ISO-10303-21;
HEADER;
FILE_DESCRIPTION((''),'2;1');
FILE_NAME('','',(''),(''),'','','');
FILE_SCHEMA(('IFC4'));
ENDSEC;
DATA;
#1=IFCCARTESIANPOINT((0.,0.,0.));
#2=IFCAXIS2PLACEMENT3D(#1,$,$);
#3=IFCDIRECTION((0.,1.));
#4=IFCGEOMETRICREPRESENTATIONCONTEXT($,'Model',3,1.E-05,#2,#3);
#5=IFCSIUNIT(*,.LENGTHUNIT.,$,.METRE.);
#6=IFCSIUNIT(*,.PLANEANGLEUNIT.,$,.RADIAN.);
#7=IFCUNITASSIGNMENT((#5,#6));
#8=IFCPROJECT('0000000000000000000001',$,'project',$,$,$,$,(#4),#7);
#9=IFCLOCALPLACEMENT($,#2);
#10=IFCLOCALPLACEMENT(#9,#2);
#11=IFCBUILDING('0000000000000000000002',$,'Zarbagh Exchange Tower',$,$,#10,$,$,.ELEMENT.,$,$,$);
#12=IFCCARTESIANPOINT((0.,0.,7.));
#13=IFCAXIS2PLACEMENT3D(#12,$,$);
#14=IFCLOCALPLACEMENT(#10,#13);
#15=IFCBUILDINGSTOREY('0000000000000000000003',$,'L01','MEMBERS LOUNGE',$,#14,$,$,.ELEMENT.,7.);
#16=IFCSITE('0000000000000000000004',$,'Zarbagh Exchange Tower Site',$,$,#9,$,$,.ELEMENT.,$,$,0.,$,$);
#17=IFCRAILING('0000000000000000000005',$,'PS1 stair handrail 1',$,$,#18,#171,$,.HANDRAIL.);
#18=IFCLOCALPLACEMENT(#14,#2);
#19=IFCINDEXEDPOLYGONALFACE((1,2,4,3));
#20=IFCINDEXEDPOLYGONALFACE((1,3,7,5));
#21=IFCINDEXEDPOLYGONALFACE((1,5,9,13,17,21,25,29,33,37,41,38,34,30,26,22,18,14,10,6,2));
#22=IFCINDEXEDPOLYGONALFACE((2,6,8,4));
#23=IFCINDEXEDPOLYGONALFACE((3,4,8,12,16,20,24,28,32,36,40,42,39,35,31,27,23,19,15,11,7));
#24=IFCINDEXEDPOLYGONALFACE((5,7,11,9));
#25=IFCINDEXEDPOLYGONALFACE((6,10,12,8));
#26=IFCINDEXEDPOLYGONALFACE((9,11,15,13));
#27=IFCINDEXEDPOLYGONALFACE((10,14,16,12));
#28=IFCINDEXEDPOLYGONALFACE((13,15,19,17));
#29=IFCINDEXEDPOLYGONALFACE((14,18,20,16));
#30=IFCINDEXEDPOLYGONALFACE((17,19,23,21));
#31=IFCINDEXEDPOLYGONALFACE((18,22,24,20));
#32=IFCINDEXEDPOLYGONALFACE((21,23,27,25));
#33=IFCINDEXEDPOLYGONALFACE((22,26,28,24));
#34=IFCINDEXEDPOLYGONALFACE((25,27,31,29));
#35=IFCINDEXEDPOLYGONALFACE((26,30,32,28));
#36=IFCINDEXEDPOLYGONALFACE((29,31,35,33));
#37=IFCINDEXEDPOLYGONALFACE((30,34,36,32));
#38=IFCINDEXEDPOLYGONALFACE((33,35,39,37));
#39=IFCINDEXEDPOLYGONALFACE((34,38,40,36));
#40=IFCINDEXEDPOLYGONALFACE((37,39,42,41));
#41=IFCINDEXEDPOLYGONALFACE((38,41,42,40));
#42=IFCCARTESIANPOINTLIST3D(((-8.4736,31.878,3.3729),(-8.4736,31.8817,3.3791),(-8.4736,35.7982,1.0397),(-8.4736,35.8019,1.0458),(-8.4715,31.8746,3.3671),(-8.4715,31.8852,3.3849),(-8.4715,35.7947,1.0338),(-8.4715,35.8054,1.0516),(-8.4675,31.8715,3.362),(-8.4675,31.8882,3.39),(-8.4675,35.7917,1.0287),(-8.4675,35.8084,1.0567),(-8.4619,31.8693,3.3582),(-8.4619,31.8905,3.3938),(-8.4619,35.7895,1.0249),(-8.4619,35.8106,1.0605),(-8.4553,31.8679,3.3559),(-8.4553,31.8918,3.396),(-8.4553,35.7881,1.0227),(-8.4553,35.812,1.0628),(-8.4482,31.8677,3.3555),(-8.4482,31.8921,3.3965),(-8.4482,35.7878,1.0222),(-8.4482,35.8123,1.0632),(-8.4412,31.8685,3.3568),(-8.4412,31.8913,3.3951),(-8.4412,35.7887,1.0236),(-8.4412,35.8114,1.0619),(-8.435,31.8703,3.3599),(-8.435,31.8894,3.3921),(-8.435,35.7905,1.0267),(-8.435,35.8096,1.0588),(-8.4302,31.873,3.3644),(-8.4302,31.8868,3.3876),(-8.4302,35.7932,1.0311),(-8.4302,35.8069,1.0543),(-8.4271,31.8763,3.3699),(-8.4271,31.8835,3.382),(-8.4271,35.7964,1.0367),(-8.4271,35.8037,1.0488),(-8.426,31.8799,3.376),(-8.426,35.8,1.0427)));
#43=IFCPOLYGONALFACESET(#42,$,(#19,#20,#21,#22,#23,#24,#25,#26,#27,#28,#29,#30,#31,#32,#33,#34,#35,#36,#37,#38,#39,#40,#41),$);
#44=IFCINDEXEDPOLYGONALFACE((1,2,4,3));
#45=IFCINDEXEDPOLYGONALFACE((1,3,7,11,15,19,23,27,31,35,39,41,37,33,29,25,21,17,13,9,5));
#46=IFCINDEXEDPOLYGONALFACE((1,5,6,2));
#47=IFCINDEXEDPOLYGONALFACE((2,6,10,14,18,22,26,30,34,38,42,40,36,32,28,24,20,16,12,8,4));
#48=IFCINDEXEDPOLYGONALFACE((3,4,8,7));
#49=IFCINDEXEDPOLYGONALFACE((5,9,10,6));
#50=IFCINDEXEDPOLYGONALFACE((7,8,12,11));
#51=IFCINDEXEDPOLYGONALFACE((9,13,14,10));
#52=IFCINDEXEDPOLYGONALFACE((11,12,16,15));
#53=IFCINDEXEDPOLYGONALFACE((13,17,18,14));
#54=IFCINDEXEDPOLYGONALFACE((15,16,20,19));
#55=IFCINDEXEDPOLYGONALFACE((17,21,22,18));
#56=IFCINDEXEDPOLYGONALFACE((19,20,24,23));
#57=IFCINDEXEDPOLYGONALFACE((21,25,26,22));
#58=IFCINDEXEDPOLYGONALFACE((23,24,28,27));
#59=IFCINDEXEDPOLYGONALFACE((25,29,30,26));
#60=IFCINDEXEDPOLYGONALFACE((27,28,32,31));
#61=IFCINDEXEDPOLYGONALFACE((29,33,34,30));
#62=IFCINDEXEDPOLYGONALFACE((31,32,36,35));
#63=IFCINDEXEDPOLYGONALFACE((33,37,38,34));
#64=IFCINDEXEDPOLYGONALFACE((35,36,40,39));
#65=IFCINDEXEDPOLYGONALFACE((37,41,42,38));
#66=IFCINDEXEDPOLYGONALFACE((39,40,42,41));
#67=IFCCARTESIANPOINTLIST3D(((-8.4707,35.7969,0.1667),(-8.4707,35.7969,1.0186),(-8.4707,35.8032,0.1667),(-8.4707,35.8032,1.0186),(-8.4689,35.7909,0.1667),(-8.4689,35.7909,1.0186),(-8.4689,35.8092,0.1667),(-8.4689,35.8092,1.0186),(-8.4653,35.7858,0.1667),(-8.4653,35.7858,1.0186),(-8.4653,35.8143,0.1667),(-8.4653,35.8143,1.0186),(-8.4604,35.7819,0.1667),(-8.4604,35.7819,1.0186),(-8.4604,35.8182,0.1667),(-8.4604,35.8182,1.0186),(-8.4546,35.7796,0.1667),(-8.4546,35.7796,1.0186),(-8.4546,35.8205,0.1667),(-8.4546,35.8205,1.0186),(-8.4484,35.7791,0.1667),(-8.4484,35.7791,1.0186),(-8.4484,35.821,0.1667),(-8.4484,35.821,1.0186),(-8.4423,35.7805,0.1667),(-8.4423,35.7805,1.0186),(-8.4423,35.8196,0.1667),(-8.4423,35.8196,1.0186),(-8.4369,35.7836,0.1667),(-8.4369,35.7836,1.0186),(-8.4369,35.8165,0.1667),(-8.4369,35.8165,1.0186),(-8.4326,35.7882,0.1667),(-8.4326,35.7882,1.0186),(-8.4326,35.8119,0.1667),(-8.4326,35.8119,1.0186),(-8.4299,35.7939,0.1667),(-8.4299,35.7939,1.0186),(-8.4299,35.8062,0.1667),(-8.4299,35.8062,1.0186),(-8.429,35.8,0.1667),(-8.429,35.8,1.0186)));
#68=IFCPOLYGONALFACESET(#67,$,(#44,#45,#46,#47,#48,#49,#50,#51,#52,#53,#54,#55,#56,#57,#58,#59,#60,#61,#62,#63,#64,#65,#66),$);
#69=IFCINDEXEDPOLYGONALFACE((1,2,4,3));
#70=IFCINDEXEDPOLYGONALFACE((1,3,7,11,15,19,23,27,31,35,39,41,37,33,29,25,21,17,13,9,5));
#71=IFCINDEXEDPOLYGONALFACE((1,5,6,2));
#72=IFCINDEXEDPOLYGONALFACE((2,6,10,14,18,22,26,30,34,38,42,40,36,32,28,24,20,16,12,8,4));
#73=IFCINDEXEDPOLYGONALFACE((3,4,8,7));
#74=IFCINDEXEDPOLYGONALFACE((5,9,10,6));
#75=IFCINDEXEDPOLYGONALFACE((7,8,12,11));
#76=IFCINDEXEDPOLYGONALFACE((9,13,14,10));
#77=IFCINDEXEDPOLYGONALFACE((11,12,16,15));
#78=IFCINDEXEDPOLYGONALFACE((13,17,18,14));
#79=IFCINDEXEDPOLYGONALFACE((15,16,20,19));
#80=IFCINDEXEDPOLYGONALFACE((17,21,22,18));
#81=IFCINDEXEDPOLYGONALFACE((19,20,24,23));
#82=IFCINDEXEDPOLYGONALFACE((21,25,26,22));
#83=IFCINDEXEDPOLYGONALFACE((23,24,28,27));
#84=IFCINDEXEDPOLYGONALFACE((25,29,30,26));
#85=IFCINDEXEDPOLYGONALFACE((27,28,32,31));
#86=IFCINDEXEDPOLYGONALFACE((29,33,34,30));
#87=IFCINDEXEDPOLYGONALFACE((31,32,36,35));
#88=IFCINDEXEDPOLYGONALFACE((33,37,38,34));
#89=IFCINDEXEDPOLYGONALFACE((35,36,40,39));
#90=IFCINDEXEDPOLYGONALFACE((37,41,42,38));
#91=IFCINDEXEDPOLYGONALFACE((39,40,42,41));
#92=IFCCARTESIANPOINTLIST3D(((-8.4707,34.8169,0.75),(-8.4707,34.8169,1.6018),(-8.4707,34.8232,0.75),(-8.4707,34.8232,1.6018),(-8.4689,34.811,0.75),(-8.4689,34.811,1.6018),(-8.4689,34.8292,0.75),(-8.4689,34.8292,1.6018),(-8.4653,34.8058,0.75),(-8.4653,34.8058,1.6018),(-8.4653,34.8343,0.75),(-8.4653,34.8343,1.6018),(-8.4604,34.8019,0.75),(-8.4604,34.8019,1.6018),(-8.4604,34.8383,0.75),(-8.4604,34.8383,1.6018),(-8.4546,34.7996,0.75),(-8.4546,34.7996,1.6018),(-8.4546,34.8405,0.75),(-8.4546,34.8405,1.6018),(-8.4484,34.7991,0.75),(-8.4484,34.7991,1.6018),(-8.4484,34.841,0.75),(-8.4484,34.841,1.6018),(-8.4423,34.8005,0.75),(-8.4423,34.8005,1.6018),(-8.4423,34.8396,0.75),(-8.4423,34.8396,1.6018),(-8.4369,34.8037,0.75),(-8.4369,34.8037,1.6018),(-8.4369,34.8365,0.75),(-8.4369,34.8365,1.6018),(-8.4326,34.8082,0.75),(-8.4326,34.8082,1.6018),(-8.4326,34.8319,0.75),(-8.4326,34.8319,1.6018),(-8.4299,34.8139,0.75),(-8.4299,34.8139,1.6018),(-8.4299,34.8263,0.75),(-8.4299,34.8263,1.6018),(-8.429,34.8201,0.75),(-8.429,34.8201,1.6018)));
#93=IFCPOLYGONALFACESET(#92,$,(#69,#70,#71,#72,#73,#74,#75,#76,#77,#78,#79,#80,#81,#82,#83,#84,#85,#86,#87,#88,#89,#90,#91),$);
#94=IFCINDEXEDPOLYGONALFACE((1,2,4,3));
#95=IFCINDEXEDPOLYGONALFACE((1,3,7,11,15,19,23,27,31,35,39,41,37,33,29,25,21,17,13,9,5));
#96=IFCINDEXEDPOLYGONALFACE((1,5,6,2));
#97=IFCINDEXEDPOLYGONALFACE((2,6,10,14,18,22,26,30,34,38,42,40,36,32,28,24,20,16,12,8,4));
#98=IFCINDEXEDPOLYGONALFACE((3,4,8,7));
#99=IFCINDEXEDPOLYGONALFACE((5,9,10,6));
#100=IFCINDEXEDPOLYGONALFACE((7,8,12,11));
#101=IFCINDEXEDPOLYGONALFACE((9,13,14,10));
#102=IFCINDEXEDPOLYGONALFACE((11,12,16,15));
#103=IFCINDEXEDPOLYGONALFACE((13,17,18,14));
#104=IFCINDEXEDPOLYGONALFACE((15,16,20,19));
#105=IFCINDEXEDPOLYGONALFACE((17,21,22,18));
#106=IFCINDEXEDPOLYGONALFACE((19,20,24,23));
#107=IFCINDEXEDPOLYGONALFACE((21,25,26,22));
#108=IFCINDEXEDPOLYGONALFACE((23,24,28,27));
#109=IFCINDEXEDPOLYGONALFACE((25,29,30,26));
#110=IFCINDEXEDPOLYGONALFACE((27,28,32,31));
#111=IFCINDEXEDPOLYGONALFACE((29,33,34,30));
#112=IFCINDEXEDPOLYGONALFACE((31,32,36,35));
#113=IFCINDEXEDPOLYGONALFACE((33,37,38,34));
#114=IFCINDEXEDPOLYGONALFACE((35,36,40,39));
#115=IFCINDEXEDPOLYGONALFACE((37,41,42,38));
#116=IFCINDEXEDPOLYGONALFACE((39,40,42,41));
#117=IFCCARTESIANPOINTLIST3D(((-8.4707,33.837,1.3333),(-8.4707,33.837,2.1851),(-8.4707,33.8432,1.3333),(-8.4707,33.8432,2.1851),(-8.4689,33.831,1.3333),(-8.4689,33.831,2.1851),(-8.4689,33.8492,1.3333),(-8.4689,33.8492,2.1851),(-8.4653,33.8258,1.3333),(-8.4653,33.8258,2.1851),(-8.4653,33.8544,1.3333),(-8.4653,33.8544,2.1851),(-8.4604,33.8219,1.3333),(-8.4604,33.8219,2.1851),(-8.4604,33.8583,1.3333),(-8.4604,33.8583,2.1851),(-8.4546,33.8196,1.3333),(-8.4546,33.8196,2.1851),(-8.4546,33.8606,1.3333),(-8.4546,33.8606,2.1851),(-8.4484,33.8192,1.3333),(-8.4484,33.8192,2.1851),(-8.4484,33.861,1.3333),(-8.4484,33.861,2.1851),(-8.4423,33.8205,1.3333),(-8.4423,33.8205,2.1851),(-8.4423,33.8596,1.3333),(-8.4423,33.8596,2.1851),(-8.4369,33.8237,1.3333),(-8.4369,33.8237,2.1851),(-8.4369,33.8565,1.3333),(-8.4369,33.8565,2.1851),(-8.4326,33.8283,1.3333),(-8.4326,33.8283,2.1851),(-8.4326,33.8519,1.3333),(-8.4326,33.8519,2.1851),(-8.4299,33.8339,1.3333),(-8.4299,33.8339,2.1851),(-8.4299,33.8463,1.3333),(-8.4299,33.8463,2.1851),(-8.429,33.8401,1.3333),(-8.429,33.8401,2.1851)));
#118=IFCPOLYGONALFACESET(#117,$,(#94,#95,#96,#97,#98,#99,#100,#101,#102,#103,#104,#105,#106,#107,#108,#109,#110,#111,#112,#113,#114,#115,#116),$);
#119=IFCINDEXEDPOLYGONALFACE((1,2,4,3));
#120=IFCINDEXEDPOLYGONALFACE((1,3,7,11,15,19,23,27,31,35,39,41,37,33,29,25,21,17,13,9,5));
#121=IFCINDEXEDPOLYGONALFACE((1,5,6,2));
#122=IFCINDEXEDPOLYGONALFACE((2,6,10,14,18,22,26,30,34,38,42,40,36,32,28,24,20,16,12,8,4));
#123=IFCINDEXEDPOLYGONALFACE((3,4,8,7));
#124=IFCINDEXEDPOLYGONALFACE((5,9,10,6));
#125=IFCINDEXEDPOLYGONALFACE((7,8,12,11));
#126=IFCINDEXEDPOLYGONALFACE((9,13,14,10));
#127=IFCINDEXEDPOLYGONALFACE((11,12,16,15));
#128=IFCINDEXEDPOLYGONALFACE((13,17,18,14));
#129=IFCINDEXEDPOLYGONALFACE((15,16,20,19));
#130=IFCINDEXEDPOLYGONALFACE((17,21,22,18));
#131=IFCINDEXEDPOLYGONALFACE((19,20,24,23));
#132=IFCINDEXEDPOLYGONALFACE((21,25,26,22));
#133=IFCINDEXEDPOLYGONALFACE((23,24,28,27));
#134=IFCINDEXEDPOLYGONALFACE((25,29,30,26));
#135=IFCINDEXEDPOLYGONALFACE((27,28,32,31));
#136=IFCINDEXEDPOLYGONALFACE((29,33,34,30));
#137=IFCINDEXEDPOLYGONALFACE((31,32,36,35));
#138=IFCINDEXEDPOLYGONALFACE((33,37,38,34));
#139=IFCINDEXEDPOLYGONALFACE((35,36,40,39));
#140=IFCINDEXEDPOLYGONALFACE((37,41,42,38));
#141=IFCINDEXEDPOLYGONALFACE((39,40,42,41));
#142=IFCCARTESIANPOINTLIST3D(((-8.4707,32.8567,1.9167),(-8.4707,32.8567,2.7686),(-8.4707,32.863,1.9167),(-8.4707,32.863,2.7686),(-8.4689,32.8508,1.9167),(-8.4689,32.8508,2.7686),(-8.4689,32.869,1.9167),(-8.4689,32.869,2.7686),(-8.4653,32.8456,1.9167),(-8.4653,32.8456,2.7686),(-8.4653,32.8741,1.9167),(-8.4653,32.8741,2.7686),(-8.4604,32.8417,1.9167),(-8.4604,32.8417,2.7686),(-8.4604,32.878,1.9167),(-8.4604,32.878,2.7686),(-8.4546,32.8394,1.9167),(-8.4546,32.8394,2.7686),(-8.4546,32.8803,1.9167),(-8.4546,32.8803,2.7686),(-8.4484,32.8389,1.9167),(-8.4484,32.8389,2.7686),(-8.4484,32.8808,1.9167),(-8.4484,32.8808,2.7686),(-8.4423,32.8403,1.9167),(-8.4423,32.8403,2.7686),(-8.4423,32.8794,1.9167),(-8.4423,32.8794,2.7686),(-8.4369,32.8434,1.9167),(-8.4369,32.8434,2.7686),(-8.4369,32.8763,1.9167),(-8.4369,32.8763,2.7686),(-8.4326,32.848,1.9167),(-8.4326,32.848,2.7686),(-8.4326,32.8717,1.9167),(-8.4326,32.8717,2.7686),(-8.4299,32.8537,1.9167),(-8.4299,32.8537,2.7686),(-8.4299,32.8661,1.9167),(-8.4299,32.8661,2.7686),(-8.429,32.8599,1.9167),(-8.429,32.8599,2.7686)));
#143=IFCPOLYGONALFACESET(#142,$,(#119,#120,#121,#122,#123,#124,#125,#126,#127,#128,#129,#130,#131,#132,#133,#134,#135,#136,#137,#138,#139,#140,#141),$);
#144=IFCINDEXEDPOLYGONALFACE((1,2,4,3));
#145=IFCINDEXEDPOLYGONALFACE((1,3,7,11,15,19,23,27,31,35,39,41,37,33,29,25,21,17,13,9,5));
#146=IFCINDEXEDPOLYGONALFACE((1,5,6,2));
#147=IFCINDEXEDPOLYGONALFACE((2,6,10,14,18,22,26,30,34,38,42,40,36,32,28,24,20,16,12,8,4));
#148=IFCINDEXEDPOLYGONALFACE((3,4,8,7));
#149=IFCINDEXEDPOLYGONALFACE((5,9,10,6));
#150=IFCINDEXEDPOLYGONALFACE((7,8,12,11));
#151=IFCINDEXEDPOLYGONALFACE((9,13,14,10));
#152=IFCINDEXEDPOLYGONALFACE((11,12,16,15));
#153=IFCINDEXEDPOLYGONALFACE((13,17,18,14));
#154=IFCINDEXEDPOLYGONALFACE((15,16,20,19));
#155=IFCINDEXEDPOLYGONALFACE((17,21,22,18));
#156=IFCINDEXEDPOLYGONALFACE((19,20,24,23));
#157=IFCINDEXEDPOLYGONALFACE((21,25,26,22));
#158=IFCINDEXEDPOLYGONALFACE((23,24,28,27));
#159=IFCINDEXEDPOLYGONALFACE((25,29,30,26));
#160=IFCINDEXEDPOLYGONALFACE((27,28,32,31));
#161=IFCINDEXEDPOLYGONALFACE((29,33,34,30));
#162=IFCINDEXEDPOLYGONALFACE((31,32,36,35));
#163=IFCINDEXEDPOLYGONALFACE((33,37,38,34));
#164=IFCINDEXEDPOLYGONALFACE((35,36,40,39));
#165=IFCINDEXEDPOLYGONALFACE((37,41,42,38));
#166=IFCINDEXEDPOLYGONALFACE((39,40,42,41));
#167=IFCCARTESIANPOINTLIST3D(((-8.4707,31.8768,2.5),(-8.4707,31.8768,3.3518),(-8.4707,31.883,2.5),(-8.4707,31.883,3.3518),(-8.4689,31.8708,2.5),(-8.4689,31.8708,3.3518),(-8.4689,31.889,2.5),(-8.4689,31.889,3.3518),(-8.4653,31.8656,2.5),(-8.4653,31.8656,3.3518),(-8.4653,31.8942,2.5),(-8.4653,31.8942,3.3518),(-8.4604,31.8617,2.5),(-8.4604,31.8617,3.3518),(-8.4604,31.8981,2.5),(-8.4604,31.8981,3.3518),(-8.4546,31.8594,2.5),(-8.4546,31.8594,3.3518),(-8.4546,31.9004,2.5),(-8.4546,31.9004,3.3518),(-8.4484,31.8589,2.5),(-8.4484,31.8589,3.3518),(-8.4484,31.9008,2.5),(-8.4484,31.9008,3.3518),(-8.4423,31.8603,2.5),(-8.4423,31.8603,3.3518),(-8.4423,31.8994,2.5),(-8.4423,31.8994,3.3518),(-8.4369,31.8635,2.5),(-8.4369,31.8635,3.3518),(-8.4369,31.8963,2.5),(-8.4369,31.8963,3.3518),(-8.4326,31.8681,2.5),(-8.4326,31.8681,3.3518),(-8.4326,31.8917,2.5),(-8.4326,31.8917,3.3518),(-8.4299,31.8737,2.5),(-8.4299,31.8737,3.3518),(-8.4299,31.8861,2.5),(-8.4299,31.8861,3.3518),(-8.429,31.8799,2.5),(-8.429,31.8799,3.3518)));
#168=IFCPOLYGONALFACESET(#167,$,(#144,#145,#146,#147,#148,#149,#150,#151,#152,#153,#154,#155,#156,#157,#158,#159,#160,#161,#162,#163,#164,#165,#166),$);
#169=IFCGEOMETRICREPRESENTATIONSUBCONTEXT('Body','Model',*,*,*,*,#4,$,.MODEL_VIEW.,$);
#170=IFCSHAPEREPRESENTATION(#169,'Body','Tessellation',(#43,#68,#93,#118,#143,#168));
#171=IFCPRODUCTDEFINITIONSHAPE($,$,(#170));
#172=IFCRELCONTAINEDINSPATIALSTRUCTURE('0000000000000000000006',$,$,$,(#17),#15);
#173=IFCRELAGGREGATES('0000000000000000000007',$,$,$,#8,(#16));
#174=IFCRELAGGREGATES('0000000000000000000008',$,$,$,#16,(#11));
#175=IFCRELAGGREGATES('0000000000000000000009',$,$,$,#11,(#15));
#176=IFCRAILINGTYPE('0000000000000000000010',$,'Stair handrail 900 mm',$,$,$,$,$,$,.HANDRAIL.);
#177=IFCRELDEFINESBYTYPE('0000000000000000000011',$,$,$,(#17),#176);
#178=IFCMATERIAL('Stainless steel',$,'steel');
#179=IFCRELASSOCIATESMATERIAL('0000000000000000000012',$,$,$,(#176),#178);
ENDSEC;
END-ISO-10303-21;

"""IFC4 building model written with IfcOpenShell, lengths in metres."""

from ifc_helpers import new_model, si_unit, direction, frame, origin, origin_2d, place, context, subcontext, project, spatial, circle, extrude, material, type_object, element, save


model = new_model("IFC4")

# Units and contexts
model_context = context("Model", 3, precision=1e-05, world=origin(), true_north=direction((0.0, 1.0)))
body_context = subcontext(model_context, "Body", "Model", "MODEL_VIEW")
ifc_project = project(units=[si_unit("LENGTHUNIT", "METRE"), si_unit("PLANEANGLEUNIT", "RADIAN")], contexts=[model_context])

# Site, building, storey
site_placement = place(None, origin())
site = spatial("IfcSite", under=ifc_project, at=site_placement, Name="Zarbagh Exchange Tower Site", CompositionType="ELEMENT", RefElevation=0.0)
building_placement = place(site_placement, origin())
building = spatial("IfcBuilding", under=site, at=building_placement, Name="Zarbagh Exchange Tower", CompositionType="ELEMENT")
storey_placement = place(building_placement, frame((0.0, 0.0, 7.0)))
storey = spatial("IfcBuildingStorey", under=building, at=storey_placement, Name="L01", Description="MEMBERS LOUNGE", CompositionType="ELEMENT", Elevation=7.0)

# Railing
ifc_material_1 = material(Name="Stainless steel", Category="steel")
railing_type_1 = type_object("IfcRailingType", Name="Stair handrail 900 mm", PredefinedType="HANDRAIL", material=ifc_material_1)
railing_1_placement = place(storey_placement, frame((-8.45, 35.8, 0.1667)))
element("IfcRailing", 1, at=railing_1_placement, inside=storey, type_object=railing_type_1, Name="PS1 stair handrail 1", PredefinedType="HANDRAIL", context=body_context, shape_type="SweptSolid", body=[
    extrude(circle(Radius=0.0239, at=origin_2d()), frame((0.0, 0.0, 0.876), z_axis=(0.0, -0.85931, 0.511455), x_axis=(1.0, 0.0, 0.0)), (0.0, 0.0, 1.0), 4.562),
    extrude(circle(Radius=0.021, at=origin_2d()), origin(), (0.0, 0.0, 1.0), 0.8518),
    extrude(circle(Radius=0.021, at=origin_2d()), frame((0.0, -0.98, 0.5833)), (0.0, 0.0, 1.0), 0.8518),
    extrude(circle(Radius=0.021, at=origin_2d()), frame((0.0, -1.96, 1.1665)), (0.0, 0.0, 1.0), 0.8518),
    extrude(circle(Radius=0.021, at=origin_2d()), frame((0.0, -2.9402, 1.75)), (0.0, 0.0, 1.0), 0.8518),
    extrude(circle(Radius=0.021, at=origin_2d()), frame((0.0, -3.9202, 2.3333)), (0.0, 0.0, 1.0), 0.8518),
])

save(model, "model.ifc")
